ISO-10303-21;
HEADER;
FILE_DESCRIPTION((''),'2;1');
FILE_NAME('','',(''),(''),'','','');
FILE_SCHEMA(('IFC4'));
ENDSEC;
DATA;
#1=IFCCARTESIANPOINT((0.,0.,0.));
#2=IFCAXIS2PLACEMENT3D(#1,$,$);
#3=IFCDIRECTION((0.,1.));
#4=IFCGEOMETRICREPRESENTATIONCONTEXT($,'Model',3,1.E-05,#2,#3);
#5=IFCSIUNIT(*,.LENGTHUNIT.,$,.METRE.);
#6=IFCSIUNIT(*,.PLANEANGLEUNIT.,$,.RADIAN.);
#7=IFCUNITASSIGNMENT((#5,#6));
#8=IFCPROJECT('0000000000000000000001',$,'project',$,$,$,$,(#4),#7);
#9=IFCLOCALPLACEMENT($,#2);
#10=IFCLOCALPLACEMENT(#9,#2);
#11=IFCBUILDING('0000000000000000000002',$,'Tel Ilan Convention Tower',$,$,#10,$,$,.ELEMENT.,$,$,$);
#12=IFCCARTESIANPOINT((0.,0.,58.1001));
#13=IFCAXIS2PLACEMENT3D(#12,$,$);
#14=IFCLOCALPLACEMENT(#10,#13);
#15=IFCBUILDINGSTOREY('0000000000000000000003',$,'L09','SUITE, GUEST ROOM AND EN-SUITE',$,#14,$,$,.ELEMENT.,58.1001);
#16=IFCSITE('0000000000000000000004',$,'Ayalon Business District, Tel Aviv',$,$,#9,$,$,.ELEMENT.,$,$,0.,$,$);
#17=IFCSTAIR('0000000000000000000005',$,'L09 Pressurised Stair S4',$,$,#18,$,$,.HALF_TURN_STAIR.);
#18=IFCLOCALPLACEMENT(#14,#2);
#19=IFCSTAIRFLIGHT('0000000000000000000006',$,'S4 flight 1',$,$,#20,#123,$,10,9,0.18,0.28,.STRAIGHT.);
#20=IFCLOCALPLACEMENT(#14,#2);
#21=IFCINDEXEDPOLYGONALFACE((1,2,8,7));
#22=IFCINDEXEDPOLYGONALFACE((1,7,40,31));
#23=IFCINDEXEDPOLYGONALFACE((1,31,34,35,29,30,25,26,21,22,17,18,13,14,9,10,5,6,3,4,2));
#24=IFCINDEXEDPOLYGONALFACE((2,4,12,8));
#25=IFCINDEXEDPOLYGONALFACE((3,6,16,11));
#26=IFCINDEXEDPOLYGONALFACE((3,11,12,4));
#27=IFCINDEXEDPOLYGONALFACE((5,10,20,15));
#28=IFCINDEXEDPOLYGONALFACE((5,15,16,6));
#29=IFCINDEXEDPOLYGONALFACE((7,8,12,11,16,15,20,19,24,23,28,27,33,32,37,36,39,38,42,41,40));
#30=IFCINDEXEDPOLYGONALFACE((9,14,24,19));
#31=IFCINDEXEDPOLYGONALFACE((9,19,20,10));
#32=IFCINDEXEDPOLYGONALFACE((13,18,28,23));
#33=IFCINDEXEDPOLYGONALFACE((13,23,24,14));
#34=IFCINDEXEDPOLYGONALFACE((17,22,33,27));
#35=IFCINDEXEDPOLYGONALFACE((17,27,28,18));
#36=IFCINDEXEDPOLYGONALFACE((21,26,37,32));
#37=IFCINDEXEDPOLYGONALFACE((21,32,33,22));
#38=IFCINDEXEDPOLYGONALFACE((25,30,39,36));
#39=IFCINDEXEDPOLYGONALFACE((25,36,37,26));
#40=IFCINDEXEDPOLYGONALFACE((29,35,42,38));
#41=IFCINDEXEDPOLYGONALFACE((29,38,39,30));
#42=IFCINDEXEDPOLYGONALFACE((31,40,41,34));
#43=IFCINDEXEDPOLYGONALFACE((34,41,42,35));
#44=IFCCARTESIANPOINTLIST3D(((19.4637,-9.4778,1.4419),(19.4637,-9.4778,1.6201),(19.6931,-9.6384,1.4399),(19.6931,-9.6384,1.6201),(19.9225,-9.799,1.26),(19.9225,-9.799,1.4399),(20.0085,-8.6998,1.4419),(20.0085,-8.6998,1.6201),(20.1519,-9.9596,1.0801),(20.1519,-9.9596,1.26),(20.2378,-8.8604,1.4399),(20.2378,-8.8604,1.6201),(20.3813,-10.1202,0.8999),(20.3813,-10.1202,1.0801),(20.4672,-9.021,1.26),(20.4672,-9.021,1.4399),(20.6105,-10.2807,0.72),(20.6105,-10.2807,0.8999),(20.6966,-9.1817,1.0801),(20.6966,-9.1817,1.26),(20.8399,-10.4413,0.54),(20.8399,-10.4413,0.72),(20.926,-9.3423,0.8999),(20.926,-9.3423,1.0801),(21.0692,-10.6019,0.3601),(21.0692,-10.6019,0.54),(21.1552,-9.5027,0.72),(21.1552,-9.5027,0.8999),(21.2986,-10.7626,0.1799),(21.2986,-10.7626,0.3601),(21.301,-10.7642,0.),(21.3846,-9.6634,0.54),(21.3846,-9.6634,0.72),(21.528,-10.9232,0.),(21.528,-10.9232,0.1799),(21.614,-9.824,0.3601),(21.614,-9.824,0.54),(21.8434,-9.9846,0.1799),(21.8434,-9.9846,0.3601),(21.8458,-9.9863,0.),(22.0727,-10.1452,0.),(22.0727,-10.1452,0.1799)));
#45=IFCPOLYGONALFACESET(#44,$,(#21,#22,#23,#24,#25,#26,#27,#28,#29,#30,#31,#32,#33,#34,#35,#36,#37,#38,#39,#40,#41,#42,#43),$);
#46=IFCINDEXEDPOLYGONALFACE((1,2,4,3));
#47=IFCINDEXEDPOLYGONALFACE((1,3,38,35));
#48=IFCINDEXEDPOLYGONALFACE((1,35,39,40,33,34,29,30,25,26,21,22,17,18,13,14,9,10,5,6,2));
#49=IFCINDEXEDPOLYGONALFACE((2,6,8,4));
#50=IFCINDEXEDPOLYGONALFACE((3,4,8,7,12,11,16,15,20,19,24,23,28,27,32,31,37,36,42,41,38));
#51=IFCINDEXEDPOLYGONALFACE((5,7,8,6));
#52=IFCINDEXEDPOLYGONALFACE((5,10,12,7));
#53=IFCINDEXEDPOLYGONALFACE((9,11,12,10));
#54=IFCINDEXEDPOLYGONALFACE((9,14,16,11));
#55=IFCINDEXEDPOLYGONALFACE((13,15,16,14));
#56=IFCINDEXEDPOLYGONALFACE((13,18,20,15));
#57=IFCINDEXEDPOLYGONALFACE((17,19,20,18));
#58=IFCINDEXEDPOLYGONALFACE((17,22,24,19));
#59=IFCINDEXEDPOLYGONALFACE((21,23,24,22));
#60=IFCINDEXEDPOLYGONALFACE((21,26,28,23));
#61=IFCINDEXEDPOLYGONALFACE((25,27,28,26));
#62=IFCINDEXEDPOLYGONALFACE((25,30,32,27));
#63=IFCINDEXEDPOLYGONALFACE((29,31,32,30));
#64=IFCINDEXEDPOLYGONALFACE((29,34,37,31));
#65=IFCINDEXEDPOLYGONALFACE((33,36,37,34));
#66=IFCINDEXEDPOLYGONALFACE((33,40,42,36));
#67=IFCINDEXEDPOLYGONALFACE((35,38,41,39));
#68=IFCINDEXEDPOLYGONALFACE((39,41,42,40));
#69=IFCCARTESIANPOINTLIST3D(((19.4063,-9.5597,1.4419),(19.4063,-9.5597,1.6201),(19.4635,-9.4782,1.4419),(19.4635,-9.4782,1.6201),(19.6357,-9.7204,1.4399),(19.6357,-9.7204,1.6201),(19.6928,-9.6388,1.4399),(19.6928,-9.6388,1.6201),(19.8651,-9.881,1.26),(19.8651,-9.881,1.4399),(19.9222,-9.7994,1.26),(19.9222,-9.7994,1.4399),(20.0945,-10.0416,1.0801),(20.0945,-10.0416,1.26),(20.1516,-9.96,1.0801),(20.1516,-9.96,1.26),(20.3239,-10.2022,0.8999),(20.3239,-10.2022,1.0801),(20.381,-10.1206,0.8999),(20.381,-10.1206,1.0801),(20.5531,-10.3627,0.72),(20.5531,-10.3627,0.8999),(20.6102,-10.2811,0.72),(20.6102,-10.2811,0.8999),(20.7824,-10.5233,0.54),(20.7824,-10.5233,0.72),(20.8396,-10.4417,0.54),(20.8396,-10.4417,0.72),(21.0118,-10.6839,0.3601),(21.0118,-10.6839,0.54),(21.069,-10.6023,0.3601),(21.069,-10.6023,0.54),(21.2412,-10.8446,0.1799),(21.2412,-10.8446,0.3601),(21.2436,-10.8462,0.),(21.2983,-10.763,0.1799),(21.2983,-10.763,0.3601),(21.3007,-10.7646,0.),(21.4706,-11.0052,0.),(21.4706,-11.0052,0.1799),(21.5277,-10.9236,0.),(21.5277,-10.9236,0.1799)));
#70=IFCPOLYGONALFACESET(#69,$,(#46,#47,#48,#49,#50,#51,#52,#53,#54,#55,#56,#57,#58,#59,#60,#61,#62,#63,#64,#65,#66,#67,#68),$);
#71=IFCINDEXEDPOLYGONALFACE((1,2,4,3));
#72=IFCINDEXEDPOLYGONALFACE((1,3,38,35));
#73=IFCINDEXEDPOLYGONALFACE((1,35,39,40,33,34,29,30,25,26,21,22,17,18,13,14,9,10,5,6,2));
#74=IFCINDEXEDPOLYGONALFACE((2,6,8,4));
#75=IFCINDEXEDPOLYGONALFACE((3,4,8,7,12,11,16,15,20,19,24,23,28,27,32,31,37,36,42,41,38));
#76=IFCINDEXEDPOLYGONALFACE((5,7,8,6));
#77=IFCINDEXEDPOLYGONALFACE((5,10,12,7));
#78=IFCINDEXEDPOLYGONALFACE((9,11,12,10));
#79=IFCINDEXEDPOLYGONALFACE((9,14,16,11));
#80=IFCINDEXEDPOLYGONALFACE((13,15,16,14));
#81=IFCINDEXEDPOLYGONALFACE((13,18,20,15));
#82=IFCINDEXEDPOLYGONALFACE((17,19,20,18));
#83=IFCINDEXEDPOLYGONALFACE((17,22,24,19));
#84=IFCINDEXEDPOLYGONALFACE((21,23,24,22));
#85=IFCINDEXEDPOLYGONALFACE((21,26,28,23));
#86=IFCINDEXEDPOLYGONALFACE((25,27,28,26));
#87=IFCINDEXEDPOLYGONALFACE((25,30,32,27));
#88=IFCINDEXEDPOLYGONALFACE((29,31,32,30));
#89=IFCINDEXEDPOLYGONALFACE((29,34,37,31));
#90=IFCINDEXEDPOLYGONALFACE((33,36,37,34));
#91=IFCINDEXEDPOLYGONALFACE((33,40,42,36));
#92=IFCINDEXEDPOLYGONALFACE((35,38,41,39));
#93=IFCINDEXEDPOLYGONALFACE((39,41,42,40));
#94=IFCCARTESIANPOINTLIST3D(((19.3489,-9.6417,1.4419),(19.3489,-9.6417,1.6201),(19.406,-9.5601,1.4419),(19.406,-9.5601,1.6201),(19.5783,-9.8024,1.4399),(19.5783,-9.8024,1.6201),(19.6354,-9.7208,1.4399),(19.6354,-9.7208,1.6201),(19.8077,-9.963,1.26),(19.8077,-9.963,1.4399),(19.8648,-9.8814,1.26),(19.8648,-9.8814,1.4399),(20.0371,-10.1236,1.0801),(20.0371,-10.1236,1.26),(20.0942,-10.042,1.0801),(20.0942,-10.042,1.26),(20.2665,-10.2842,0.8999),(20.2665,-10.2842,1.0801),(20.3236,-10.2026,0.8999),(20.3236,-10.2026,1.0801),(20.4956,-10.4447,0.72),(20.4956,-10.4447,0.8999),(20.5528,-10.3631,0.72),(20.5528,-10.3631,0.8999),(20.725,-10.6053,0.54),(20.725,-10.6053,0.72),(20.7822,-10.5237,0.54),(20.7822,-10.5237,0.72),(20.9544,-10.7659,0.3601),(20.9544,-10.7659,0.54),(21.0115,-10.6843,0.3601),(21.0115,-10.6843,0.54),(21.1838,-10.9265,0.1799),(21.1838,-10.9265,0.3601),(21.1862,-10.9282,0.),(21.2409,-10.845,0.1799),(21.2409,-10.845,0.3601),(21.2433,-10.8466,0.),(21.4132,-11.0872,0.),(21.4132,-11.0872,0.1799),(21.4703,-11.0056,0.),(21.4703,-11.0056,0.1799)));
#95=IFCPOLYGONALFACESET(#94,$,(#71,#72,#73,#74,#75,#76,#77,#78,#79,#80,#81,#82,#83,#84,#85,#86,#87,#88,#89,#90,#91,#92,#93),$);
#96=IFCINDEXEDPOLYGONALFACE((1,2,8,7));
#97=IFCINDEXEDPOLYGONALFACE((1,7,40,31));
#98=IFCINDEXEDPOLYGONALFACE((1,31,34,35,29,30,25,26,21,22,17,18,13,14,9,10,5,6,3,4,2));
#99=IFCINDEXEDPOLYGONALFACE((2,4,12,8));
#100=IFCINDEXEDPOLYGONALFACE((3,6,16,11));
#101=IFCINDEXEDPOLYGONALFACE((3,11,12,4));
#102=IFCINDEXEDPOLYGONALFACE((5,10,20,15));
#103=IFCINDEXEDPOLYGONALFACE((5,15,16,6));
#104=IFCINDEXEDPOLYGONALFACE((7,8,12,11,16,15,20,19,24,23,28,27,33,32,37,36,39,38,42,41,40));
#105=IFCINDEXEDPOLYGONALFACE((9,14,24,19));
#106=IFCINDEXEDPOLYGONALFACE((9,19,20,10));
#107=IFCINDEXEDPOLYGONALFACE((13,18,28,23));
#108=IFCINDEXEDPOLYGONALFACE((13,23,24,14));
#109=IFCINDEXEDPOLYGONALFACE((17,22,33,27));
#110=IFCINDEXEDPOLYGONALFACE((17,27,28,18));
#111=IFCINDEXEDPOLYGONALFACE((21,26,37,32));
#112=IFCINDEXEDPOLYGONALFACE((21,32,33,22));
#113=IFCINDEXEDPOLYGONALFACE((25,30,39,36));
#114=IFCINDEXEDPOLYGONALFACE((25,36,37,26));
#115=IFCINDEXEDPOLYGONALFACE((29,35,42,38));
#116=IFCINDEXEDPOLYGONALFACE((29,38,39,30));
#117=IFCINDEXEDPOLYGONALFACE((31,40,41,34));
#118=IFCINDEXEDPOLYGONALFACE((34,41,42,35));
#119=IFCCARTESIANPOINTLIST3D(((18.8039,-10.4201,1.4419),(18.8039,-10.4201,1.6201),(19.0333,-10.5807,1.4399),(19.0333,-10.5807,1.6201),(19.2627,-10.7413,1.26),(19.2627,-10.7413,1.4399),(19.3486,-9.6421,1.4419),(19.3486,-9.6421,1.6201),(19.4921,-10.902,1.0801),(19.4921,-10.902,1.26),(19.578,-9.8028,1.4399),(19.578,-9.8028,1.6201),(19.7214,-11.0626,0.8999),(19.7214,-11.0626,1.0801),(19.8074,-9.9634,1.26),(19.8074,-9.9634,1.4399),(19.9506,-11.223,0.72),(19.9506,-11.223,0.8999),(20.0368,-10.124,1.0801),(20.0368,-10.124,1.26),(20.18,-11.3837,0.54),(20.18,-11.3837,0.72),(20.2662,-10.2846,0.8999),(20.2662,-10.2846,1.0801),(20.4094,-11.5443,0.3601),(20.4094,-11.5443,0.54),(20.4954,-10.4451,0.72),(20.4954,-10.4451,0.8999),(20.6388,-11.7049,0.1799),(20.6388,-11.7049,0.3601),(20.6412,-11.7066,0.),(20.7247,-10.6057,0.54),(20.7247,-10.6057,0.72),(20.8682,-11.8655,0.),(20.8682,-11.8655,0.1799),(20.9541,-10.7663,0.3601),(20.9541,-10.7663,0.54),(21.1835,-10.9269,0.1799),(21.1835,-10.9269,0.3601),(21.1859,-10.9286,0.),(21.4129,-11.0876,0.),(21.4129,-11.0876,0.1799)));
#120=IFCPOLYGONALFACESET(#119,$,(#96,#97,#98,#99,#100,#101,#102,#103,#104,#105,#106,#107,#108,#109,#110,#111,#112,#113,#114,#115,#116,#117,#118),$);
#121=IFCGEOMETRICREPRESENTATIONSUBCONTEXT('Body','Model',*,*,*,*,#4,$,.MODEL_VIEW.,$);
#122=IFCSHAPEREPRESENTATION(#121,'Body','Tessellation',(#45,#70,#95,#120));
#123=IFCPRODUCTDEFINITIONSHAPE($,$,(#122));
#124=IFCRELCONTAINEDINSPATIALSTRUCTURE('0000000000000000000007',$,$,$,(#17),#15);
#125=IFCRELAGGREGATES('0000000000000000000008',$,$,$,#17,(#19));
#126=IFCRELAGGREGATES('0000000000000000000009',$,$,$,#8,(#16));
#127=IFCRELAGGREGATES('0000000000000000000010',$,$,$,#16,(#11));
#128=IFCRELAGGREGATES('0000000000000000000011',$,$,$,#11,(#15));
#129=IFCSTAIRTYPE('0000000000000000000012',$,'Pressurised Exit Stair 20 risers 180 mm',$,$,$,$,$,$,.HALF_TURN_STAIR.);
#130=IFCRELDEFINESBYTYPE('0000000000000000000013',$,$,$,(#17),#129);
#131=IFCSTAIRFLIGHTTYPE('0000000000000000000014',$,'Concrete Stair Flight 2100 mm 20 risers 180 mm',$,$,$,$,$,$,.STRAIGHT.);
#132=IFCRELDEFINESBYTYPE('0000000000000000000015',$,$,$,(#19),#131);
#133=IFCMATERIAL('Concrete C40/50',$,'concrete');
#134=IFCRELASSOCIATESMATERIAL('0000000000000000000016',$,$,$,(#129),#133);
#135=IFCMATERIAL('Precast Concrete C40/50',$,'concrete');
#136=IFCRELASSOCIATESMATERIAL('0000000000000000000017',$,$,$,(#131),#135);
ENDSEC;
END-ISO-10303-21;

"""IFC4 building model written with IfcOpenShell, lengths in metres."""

from ifc_helpers import new_model, si_unit, direction, frame, origin, place, context, subcontext, project, spatial, polyline, outline, extrude, material, type_object, element, aggregate, save


model = new_model("IFC4")

# Units and contexts
model_context = context("Model", 3, precision=1e-05, world=origin(), true_north=direction((0.0, 1.0)))
body_context = subcontext(model_context, "Body", "Model", "MODEL_VIEW")
ifc_project = project(units=[si_unit("LENGTHUNIT", "METRE"), si_unit("PLANEANGLEUNIT", "RADIAN")], contexts=[model_context])

# Site, building, storey
site_placement = place(None, origin())
site = spatial("IfcSite", under=ifc_project, at=site_placement, Name="Ayalon Business District, Tel Aviv", CompositionType="ELEMENT", RefElevation=0.0)
building_placement = place(site_placement, origin())
building = spatial("IfcBuilding", under=site, at=building_placement, Name="Tel Ilan Convention Tower", CompositionType="ELEMENT")
storey_placement = place(building_placement, frame((0.0, 0.0, 58.1001)))
storey = spatial("IfcBuildingStorey", under=building, at=storey_placement, Name="L09", Description="SUITE, GUEST ROOM AND EN-SUITE", CompositionType="ELEMENT", Elevation=58.1001)

# Stair, stair flight
ifc_material_1 = material(Name="Concrete C40/50", Category="concrete")
stair_type = type_object("IfcStairType", Name="Pressurised Exit Stair 20 risers 180 mm", PredefinedType="HALF_TURN_STAIR", material=ifc_material_1)
ifc_material_2 = material(Name="Precast Concrete C40/50", Category="concrete")
stair_flight_type = type_object("IfcStairFlightType", Name="Concrete Stair Flight 2100 mm 20 risers 180 mm", PredefinedType="STRAIGHT", material=ifc_material_2)
stair_1_placement = place(storey_placement, origin())
stair_1 = element("IfcStair", 1, at=stair_1_placement, inside=storey, type_object=stair_type, Name="L09 Pressurised Stair S4", PredefinedType="HALF_TURN_STAIR")
stair_flight_1_placement = place(storey_placement, frame((21.4705, -11.0054, 0.0), z_axis=(0.0, 0.0, 1.0), x_axis=(-0.819152, 0.573576, 0.0)))
stair_flight_1 = element("IfcStairFlight", 2, at=stair_flight_1_placement, type_object=stair_flight_type, Name="S4 flight 1", NumberOfRisers=10, NumberOfTreads=9, PredefinedType="STRAIGHT", RiserHeight=0.18, TreadLength=0.28, context=body_context, shape_type="SweptSolid", body=[
    extrude(outline(polyline([(0.0, 0.0), (0.0, 0.1799), (0.28, 0.1799), (0.28, 0.3601), (0.5601, 0.3601), (0.5601, 0.54), (0.8401, 0.54), (0.8401, 0.72), (1.1201, 0.72), (1.1201, 0.8999), (1.3999, 0.8999), (1.3999, 1.0801), (1.6799, 1.0801), (1.6799, 1.26), (1.96, 1.26), (1.96, 1.4399), (2.24, 1.4399), (2.24, 1.6201), (2.52, 1.6201), (2.52, 1.8), (2.52, 1.4419), (0.2771, 0.0), (0.0, 0.0)])), frame((0.0, -0.1003, 0.0), z_axis=(0.0, -1.0, 0.0), x_axis=(1.0, 0.0, 0.0)), (0.0, 0.0, 1.0), 0.9497),
    extrude(outline(polyline([(0.0, 0.0), (0.0, 0.1799), (0.28, 0.1799), (0.28, 0.3601), (0.5601, 0.3601), (0.5601, 0.54), (0.8401, 0.54), (0.8401, 0.72), (1.1201, 0.72), (1.1201, 0.8999), (1.3999, 0.8999), (1.3999, 1.0801), (1.6799, 1.0801), (1.6799, 1.26), (1.96, 1.26), (1.96, 1.4399), (2.24, 1.4399), (2.24, 1.6201), (2.52, 1.6201), (2.52, 1.8), (2.52, 1.4419), (0.2771, 0.0), (0.0, 0.0)])), frame((0.0, -0.0002, 0.0), z_axis=(0.0, -1.0, 0.0), x_axis=(1.0, 0.0, 0.0)), (0.0, 0.0, 1.0), 0.0996),
    extrude(outline(polyline([(0.0, 0.0), (0.0, 0.1799), (0.28, 0.1799), (0.28, 0.3601), (0.5601, 0.3601), (0.5601, 0.54), (0.8401, 0.54), (0.8401, 0.72), (1.1201, 0.72), (1.1201, 0.8999), (1.3999, 0.8999), (1.3999, 1.0801), (1.6799, 1.0801), (1.6799, 1.26), (1.96, 1.26), (1.96, 1.4399), (2.24, 1.4399), (2.24, 1.6201), (2.52, 1.6201), (2.52, 1.8), (2.52, 1.4419), (0.2771, 0.0), (0.0, 0.0)])), frame((0.0, 0.0999, 0.0), z_axis=(0.0, -1.0, 0.0), x_axis=(1.0, 0.0, 0.0)), (0.0, 0.0, 1.0), 0.0996),
    extrude(outline(polyline([(0.0, 0.0), (0.0, 0.1799), (0.28, 0.1799), (0.28, 0.3601), (0.5601, 0.3601), (0.5601, 0.54), (0.8401, 0.54), (0.8401, 0.72), (1.1201, 0.72), (1.1201, 0.8999), (1.3999, 0.8999), (1.3999, 1.0801), (1.6799, 1.0801), (1.6799, 1.26), (1.96, 1.26), (1.96, 1.4399), (2.24, 1.4399), (2.24, 1.6201), (2.52, 1.6201), (2.52, 1.8), (2.52, 1.4419), (0.2771, 0.0), (0.0, 0.0)])), frame((0.0, 1.05, 0.0), z_axis=(0.0, -1.0, 0.0), x_axis=(1.0, 0.0, 0.0)), (0.0, 0.0, 1.0), 0.9497),
])
aggregate(stair_1, [stair_flight_1])

save(model, "model.ifc")
